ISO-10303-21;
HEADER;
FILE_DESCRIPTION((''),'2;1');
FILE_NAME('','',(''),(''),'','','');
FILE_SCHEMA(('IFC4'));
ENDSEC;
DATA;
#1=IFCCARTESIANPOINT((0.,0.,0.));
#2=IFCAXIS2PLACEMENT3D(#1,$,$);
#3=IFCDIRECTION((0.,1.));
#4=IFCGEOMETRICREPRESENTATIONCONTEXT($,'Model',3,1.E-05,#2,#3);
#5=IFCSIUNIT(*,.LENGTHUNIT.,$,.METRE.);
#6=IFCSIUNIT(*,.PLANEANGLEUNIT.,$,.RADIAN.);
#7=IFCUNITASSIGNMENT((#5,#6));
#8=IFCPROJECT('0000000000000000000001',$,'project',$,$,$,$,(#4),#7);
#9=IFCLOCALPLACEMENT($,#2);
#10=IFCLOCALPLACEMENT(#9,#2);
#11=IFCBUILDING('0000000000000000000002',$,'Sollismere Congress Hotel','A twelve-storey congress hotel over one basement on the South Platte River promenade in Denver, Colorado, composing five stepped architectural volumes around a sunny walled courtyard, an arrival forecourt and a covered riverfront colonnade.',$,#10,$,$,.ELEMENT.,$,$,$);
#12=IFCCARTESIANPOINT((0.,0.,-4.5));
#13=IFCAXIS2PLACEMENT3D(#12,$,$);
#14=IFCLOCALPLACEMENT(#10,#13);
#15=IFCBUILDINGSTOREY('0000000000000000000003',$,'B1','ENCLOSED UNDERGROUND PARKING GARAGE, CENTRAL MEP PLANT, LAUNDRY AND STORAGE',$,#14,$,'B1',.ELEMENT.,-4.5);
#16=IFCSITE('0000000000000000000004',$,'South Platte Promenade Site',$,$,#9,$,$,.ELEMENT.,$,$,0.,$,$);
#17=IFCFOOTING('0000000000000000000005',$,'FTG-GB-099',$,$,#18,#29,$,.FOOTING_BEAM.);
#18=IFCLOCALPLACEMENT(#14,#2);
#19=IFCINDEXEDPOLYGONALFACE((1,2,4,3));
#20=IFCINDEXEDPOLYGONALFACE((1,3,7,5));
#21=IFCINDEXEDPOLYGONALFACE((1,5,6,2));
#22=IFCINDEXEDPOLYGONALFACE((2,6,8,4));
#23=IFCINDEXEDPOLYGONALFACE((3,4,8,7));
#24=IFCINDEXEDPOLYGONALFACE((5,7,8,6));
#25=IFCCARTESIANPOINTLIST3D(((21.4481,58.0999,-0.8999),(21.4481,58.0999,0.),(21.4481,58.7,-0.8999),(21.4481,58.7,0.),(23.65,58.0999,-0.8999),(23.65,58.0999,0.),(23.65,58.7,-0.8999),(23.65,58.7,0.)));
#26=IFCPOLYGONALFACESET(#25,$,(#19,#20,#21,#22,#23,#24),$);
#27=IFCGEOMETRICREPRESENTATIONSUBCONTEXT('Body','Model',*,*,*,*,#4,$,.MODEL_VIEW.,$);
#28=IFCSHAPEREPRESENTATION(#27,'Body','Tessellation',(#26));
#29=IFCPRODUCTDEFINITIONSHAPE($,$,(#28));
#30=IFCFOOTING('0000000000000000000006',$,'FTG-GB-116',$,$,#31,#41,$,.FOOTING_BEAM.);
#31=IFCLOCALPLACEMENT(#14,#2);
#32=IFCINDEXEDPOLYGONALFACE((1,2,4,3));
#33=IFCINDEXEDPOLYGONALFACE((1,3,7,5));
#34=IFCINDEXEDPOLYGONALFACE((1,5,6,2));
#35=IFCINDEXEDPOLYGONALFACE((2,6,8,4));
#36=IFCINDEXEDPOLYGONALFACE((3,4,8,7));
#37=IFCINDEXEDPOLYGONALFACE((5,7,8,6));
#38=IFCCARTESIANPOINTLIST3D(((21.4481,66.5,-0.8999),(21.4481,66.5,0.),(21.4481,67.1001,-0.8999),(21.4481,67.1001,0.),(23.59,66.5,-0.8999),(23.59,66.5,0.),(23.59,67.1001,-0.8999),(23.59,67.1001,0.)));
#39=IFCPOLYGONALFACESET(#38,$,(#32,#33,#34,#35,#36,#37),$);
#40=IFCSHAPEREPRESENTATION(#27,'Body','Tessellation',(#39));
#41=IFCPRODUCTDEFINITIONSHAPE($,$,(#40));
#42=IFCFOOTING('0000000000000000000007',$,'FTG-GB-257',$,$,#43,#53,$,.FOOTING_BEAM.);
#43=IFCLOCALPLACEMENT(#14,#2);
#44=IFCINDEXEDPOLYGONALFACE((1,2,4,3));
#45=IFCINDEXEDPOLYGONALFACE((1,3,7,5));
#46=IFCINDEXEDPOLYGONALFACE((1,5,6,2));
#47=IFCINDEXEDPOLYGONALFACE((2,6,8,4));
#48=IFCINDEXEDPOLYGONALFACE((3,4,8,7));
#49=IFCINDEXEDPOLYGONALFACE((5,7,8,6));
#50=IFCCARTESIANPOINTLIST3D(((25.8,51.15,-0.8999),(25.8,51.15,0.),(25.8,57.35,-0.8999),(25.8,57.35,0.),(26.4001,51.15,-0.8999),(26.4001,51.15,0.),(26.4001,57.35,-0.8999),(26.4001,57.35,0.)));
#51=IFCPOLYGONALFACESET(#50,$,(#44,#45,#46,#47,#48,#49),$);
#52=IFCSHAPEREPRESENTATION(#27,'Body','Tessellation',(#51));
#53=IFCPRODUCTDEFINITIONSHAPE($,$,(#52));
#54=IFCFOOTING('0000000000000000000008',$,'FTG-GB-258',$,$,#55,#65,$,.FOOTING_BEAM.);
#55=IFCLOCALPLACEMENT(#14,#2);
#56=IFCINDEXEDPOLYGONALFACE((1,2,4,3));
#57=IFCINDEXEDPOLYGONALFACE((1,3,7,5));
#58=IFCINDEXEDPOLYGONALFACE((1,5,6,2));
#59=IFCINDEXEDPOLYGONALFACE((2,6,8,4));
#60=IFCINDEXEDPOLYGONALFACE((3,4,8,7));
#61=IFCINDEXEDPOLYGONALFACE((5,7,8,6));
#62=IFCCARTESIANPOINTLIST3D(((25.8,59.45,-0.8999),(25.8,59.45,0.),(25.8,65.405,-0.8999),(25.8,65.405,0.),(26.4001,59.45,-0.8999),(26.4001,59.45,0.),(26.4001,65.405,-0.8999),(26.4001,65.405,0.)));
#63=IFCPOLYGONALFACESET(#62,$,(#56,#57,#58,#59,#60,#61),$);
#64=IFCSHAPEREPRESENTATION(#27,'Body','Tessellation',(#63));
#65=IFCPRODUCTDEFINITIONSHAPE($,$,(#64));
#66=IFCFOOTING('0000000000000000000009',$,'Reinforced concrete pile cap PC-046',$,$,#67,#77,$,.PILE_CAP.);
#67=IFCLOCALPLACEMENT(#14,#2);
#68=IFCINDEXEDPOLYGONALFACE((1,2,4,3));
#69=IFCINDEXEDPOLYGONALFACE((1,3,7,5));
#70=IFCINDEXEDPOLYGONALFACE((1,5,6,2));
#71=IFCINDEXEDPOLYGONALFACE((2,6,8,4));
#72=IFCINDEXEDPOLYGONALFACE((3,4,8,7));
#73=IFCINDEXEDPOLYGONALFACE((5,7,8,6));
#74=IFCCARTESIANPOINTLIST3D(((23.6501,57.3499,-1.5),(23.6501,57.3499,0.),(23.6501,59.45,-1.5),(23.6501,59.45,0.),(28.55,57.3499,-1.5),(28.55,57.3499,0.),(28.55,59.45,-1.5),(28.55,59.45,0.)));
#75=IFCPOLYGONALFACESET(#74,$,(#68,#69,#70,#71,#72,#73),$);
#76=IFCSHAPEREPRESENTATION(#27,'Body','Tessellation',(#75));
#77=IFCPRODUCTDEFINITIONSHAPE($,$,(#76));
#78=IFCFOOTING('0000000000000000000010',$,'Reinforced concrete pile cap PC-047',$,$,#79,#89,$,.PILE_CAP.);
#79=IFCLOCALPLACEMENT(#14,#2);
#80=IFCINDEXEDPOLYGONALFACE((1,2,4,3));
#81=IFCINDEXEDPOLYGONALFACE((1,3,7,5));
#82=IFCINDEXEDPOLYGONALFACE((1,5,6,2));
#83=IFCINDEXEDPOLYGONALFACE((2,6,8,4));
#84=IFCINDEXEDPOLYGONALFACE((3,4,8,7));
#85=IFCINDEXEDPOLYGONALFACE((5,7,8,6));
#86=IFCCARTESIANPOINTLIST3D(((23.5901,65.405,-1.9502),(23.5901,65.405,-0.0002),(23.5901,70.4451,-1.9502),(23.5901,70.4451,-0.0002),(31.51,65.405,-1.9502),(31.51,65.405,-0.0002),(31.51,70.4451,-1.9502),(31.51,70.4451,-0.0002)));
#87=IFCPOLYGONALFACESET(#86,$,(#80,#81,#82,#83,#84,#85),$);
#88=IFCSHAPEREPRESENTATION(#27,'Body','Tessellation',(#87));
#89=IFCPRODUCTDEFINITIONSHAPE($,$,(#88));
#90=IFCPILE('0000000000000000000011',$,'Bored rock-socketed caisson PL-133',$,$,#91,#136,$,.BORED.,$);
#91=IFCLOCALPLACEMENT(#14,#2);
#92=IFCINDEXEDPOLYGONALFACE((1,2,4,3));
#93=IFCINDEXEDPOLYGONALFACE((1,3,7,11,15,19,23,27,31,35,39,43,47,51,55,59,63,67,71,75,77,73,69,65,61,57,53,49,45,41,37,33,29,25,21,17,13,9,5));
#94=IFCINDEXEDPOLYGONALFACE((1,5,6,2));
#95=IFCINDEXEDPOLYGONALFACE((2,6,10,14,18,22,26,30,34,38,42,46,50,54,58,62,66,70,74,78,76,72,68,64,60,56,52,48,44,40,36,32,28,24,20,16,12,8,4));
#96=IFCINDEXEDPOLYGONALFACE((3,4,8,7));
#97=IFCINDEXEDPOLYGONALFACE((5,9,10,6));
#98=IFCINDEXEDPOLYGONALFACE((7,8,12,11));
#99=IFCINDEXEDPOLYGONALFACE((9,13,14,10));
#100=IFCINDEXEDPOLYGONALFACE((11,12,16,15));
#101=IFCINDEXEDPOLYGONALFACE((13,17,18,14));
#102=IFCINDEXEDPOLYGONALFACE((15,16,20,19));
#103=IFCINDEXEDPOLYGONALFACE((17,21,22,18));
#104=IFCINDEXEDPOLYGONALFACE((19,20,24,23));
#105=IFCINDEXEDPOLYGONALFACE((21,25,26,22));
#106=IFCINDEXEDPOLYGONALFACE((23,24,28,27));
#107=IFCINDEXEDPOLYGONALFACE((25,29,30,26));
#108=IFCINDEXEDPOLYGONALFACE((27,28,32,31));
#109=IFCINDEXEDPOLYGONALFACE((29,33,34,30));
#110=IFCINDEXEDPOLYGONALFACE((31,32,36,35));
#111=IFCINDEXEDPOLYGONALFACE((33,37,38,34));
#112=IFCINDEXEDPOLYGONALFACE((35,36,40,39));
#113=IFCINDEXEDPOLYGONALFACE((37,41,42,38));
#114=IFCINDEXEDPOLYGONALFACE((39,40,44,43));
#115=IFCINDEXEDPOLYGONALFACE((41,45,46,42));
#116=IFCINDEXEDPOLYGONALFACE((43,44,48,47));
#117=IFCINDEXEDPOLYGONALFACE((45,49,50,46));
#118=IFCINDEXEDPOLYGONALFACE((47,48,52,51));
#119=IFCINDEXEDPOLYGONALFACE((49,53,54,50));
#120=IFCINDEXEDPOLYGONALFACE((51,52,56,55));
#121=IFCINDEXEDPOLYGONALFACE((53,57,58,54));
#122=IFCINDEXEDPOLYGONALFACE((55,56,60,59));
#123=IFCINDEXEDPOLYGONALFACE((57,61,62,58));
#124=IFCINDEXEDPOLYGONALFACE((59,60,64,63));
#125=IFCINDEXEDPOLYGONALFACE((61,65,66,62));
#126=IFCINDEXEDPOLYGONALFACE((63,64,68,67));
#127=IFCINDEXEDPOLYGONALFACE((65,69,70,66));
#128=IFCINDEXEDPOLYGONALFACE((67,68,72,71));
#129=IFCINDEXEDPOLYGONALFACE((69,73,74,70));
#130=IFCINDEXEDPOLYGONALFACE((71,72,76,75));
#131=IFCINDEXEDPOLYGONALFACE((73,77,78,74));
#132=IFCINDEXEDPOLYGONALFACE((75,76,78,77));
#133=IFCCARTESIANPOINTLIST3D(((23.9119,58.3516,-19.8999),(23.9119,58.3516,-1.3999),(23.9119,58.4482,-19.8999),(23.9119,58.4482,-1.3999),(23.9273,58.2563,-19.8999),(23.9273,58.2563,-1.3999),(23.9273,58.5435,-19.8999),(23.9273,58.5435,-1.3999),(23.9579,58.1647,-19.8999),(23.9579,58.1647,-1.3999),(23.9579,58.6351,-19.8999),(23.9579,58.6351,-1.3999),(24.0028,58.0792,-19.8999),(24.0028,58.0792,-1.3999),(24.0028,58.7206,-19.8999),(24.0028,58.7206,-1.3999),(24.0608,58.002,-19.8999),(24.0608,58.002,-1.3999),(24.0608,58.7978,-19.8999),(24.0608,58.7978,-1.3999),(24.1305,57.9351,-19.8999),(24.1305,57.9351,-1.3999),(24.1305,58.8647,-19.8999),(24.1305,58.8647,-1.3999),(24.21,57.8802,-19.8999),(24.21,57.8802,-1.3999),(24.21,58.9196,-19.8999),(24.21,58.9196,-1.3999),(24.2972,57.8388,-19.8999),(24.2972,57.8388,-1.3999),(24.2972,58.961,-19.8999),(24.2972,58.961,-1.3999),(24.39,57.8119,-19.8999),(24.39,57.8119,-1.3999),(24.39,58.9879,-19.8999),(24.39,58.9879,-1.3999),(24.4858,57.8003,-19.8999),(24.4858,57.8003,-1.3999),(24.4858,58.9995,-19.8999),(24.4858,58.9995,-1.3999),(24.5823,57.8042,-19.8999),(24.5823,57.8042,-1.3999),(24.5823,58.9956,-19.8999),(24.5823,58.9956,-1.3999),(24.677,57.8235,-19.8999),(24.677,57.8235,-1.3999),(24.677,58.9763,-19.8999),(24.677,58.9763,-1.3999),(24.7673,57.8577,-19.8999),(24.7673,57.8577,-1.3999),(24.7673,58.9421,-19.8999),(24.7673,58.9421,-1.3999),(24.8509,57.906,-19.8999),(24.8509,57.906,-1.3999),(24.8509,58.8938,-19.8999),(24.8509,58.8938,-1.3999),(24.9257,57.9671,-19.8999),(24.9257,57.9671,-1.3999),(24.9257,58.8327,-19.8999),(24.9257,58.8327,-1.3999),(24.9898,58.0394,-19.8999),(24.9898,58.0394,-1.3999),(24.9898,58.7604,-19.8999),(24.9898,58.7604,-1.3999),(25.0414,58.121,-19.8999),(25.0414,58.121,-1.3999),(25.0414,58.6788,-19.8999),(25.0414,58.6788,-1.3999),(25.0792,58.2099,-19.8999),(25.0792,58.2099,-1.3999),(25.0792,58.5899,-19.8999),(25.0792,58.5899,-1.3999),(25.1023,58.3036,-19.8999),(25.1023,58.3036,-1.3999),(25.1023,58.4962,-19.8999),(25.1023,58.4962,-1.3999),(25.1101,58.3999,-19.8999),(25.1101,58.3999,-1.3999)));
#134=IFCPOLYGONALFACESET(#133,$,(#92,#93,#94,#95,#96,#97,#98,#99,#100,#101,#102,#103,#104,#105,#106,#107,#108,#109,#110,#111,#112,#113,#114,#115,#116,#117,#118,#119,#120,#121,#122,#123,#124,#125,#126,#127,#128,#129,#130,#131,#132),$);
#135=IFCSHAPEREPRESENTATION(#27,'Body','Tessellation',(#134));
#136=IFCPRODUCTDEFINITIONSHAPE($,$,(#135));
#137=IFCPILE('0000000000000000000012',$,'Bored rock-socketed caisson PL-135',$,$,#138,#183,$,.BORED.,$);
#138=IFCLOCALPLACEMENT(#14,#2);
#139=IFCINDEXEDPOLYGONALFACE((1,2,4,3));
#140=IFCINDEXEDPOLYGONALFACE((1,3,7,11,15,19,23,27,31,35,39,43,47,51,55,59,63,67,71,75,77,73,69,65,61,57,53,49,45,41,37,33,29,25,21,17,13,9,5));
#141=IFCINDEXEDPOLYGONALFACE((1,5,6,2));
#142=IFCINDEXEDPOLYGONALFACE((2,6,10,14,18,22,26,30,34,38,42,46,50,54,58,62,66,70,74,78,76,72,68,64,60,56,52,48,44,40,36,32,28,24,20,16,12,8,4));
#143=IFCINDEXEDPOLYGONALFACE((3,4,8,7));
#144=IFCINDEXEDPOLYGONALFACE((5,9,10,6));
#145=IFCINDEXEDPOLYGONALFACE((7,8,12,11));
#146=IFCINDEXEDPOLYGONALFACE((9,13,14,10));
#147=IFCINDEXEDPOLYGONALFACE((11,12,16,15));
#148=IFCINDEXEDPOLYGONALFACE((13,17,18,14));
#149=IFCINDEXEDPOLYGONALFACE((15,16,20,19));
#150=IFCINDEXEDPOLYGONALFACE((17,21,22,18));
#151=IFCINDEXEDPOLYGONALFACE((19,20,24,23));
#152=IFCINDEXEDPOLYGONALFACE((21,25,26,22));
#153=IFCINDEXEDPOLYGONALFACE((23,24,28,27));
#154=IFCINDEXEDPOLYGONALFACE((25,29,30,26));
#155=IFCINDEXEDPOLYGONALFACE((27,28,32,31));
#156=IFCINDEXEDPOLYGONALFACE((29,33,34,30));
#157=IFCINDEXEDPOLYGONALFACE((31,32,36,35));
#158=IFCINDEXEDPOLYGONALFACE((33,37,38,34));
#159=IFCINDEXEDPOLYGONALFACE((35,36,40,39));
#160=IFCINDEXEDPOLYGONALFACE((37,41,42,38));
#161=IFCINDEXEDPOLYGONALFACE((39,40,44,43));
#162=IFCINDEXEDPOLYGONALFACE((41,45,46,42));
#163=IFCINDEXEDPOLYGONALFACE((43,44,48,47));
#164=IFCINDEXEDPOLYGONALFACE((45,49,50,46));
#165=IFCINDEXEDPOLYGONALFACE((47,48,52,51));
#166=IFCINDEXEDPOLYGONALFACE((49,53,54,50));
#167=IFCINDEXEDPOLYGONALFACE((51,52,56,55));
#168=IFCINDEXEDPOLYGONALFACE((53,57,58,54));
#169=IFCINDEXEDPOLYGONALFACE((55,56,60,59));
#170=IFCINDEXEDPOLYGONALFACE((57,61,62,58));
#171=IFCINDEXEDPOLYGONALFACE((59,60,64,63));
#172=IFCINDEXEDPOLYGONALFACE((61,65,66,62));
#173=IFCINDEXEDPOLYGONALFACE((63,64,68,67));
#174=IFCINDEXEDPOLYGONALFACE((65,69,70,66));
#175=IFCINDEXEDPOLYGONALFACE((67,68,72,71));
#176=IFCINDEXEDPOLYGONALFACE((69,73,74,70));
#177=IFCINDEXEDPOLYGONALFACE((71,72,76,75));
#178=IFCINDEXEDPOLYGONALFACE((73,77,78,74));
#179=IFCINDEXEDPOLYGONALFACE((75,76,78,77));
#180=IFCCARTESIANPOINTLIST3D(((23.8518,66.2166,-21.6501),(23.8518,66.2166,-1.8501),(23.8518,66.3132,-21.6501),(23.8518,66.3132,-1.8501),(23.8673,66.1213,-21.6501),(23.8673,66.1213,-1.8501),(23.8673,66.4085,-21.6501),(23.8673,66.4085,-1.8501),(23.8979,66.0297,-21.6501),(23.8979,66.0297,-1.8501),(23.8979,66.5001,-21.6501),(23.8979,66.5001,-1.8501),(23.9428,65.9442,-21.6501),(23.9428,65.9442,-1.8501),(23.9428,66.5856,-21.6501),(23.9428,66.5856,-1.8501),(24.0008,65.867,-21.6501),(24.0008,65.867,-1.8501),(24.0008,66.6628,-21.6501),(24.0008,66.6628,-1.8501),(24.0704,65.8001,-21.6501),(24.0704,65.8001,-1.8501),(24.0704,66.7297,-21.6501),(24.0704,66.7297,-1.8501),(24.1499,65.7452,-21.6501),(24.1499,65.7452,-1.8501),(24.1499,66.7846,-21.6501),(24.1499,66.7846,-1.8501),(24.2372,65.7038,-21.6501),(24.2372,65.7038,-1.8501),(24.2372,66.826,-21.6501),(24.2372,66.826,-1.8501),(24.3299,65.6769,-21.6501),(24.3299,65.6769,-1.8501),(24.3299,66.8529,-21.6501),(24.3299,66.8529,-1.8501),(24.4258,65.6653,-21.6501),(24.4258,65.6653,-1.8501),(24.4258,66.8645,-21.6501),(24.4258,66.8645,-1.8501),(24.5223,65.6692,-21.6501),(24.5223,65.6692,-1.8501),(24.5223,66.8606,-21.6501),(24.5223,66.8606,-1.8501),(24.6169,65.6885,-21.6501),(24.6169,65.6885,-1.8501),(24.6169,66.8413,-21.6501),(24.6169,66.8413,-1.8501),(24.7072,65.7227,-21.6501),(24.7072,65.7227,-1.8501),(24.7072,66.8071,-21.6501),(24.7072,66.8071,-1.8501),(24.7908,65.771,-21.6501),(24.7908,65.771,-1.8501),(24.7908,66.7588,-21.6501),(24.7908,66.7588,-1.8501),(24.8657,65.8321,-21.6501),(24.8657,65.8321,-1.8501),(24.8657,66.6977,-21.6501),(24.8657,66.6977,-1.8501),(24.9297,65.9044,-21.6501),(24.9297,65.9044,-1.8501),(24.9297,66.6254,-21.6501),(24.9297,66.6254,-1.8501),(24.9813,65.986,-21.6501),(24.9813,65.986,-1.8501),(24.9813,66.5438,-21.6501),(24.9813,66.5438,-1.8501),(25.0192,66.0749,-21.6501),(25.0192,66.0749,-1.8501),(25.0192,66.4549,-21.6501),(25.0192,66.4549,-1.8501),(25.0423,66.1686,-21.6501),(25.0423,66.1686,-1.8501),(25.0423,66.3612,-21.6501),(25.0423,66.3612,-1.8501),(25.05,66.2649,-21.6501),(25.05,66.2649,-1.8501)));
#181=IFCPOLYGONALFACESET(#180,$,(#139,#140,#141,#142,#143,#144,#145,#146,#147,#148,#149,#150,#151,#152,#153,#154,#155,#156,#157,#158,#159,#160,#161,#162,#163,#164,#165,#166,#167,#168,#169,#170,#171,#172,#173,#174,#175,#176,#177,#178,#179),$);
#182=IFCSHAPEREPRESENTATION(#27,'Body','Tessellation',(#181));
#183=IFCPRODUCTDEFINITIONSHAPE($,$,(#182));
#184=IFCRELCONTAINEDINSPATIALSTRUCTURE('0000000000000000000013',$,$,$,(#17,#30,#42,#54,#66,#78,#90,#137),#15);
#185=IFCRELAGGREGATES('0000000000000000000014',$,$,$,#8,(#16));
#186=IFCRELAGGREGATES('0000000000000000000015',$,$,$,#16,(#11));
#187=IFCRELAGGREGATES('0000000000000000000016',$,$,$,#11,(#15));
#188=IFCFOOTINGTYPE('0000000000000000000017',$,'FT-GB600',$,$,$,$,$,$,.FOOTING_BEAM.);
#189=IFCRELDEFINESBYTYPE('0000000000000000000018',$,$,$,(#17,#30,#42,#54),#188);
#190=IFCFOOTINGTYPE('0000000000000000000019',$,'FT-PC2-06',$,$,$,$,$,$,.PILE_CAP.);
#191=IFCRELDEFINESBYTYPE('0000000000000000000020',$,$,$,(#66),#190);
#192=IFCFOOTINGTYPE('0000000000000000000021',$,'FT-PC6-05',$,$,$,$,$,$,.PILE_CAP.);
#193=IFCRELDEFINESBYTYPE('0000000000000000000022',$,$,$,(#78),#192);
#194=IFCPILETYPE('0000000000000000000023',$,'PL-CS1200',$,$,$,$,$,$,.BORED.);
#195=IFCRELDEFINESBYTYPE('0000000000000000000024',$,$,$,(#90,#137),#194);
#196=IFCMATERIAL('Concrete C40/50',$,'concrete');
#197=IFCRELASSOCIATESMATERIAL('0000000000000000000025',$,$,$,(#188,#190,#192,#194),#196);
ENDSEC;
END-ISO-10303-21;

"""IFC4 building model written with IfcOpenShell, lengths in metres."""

from ifc_helpers import new_model, si_unit, direction, frame, origin, origin_2d, place, context, subcontext, project, spatial, rectangle, circle, extrude, material, material_profile, profile_set, type_object, element, save


model = new_model("IFC4")

# Units and contexts
model_context = context("Model", 3, precision=1e-05, world=origin(), true_north=direction((0.0, 1.0)))
body_context = subcontext(model_context, "Body", "Model", "MODEL_VIEW")
ifc_project = project(units=[si_unit("LENGTHUNIT", "METRE"), si_unit("PLANEANGLEUNIT", "RADIAN")], contexts=[model_context])

# Site, building, storey
site_placement = place(None, origin())
site = spatial("IfcSite", under=ifc_project, at=site_placement, Name="South Platte Promenade Site", CompositionType="ELEMENT", RefElevation=0.0)
building_placement = place(site_placement, origin())
building = spatial("IfcBuilding", under=site, at=building_placement, Name="Sollismere Congress Hotel", Description="A twelve-storey congress hotel over one basement on the South Platte River promenade in Denver, Colorado, composing five stepped architectural volumes around a sunny walled courtyard, an arrival forecourt and a covered riverfront colonnade.", CompositionType="ELEMENT")
storey_placement = place(building_placement, frame((0.0, 0.0, -4.5)))
storey = spatial("IfcBuildingStorey", under=building, at=storey_placement, Name="B1", Description="ENCLOSED UNDERGROUND PARKING GARAGE, CENTRAL MEP PLANT, LAUNDRY AND STORAGE", LongName="B1", CompositionType="ELEMENT", Elevation=-4.5)

# Footings
ifc_material_1 = material(Name="Concrete C40/50", Category="concrete")
footing_type_1 = type_object("IfcFootingType", Name="FT-GB600", PredefinedType="FOOTING_BEAM", material=ifc_material_1)
footing_1_placement = place(storey_placement, frame((22.5491, 58.3999, -0.8999), z_axis=(0.0, 0.0, 1.0), x_axis=(1.0, 0.0, 0.0)))
element("IfcFooting", 1, at=footing_1_placement, inside=storey, type_object=footing_type_1, Name="FTG-GB-099", PredefinedType="FOOTING_BEAM", context=body_context, shape_type="SweptSolid", body=[
    extrude(rectangle(XDim=2.2019, YDim=0.6001, at=origin_2d()), origin(), (0.0, 0.0, 1.0), 0.8999),
])
footing_2_placement = place(storey_placement, frame((22.519, 66.8, -0.8999), z_axis=(0.0, 0.0, 1.0), x_axis=(1.0, 0.0, 0.0)))
element("IfcFooting", 2, at=footing_2_placement, inside=storey, type_object=footing_type_1, Name="FTG-GB-116", PredefinedType="FOOTING_BEAM", context=body_context, shape_type="SweptSolid", body=[
    extrude(rectangle(XDim=2.1418, YDim=0.6001, at=origin_2d()), origin(), (0.0, 0.0, 1.0), 0.8999),
])
footing_3_placement = place(storey_placement, frame((26.1001, 54.25, -0.8999), z_axis=(0.0, 0.0, 1.0), x_axis=(0.0, 1.0, 0.0)))
element("IfcFooting", 3, at=footing_3_placement, inside=storey, type_object=footing_type_1, Name="FTG-GB-257", PredefinedType="FOOTING_BEAM", context=body_context, shape_type="SweptSolid", body=[
    extrude(rectangle(XDim=6.2, YDim=0.6001, at=origin_2d()), origin(), (0.0, 0.0, 1.0), 0.8999),
])
footing_4_placement = place(storey_placement, frame((26.1001, 62.4275, -0.8999), z_axis=(0.0, 0.0, 1.0), x_axis=(0.0, 1.0, 0.0)))
element("IfcFooting", 4, at=footing_4_placement, inside=storey, type_object=footing_type_1, Name="FTG-GB-258", PredefinedType="FOOTING_BEAM", context=body_context, shape_type="SweptSolid", body=[
    extrude(rectangle(XDim=5.9551, YDim=0.6001, at=origin_2d()), origin(), (0.0, 0.0, 1.0), 0.8999),
])
footing_type_2 = type_object("IfcFootingType", Name="FT-PC2-06", PredefinedType="PILE_CAP", material=ifc_material_1)
footing_5_placement = place(storey_placement, frame((26.1001, 58.3999, -1.5), z_axis=(0.0, 0.0, 1.0), x_axis=(1.0, 0.0, 0.0)))
element("IfcFooting", 5, at=footing_5_placement, inside=storey, type_object=footing_type_2, Name="Reinforced concrete pile cap PC-046", PredefinedType="PILE_CAP", context=body_context, shape_type="SweptSolid", body=[
    extrude(rectangle(XDim=4.8999, YDim=2.1001, at=origin_2d()), origin(), (0.0, 0.0, 1.0), 1.5),
])
footing_type_3 = type_object("IfcFootingType", Name="FT-PC6-05", PredefinedType="PILE_CAP", material=ifc_material_1)
footing_6_placement = place(storey_placement, frame((27.55, 67.925, -1.9502), z_axis=(0.0, 0.0, 1.0), x_axis=(1.0, 0.0, 0.0)))
element("IfcFooting", 6, at=footing_6_placement, inside=storey, type_object=footing_type_3, Name="Reinforced concrete pile cap PC-047", PredefinedType="PILE_CAP", context=body_context, shape_type="SweptSolid", body=[
    extrude(rectangle(XDim=7.9199, YDim=5.04, at=origin_2d()), origin(), (0.0, 0.0, 1.0), 1.95),
])

# Piles
ifc_material_profile_1 = material_profile(ifc_material_1, circle(Radius=0.6001, at=origin_2d()), Name="CAISSON1200")
ifc_profile_set_1 = profile_set([ifc_material_profile_1], Name="Concrete C40/50")
pile_type = type_object("IfcPileType", Name="PL-CS1200", PredefinedType="BORED", material=ifc_profile_set_1)
pile_1_placement = place(storey_placement, frame((24.51, 58.3999, -1.3999), z_axis=(0.0, 0.0, -1.0), x_axis=(1.0, 0.0, 0.0)))
element("IfcPile", 7, at=pile_1_placement, inside=storey, type_object=pile_type, Name="Bored rock-socketed caisson PL-133", PredefinedType="BORED", context=body_context, shape_type="SweptSolid", body=[
    extrude(circle(Radius=0.6001, at=origin_2d()), origin(), (0.0, 0.0, 1.0), 18.5),
])
for number, where, z_axis, x_axis, name in (
    (8, (24.45, 66.2649, -1.8501), (0.0, 0.0, -1.0), (1.0, 0.0, 0.0), "Bored rock-socketed caisson PL-135"),
):
    element("IfcPile", number, at=place(storey_placement, frame(where, z_axis=z_axis, x_axis=x_axis)), inside=storey, type_object=pile_type, Name=name, PredefinedType="BORED", context=body_context, shape_type="SweptSolid", body=[
        extrude(circle(Radius=0.6001, at=origin_2d()), origin(), (0.0, 0.0, 1.0), 19.8),
    ])

save(model, "model.ifc")
